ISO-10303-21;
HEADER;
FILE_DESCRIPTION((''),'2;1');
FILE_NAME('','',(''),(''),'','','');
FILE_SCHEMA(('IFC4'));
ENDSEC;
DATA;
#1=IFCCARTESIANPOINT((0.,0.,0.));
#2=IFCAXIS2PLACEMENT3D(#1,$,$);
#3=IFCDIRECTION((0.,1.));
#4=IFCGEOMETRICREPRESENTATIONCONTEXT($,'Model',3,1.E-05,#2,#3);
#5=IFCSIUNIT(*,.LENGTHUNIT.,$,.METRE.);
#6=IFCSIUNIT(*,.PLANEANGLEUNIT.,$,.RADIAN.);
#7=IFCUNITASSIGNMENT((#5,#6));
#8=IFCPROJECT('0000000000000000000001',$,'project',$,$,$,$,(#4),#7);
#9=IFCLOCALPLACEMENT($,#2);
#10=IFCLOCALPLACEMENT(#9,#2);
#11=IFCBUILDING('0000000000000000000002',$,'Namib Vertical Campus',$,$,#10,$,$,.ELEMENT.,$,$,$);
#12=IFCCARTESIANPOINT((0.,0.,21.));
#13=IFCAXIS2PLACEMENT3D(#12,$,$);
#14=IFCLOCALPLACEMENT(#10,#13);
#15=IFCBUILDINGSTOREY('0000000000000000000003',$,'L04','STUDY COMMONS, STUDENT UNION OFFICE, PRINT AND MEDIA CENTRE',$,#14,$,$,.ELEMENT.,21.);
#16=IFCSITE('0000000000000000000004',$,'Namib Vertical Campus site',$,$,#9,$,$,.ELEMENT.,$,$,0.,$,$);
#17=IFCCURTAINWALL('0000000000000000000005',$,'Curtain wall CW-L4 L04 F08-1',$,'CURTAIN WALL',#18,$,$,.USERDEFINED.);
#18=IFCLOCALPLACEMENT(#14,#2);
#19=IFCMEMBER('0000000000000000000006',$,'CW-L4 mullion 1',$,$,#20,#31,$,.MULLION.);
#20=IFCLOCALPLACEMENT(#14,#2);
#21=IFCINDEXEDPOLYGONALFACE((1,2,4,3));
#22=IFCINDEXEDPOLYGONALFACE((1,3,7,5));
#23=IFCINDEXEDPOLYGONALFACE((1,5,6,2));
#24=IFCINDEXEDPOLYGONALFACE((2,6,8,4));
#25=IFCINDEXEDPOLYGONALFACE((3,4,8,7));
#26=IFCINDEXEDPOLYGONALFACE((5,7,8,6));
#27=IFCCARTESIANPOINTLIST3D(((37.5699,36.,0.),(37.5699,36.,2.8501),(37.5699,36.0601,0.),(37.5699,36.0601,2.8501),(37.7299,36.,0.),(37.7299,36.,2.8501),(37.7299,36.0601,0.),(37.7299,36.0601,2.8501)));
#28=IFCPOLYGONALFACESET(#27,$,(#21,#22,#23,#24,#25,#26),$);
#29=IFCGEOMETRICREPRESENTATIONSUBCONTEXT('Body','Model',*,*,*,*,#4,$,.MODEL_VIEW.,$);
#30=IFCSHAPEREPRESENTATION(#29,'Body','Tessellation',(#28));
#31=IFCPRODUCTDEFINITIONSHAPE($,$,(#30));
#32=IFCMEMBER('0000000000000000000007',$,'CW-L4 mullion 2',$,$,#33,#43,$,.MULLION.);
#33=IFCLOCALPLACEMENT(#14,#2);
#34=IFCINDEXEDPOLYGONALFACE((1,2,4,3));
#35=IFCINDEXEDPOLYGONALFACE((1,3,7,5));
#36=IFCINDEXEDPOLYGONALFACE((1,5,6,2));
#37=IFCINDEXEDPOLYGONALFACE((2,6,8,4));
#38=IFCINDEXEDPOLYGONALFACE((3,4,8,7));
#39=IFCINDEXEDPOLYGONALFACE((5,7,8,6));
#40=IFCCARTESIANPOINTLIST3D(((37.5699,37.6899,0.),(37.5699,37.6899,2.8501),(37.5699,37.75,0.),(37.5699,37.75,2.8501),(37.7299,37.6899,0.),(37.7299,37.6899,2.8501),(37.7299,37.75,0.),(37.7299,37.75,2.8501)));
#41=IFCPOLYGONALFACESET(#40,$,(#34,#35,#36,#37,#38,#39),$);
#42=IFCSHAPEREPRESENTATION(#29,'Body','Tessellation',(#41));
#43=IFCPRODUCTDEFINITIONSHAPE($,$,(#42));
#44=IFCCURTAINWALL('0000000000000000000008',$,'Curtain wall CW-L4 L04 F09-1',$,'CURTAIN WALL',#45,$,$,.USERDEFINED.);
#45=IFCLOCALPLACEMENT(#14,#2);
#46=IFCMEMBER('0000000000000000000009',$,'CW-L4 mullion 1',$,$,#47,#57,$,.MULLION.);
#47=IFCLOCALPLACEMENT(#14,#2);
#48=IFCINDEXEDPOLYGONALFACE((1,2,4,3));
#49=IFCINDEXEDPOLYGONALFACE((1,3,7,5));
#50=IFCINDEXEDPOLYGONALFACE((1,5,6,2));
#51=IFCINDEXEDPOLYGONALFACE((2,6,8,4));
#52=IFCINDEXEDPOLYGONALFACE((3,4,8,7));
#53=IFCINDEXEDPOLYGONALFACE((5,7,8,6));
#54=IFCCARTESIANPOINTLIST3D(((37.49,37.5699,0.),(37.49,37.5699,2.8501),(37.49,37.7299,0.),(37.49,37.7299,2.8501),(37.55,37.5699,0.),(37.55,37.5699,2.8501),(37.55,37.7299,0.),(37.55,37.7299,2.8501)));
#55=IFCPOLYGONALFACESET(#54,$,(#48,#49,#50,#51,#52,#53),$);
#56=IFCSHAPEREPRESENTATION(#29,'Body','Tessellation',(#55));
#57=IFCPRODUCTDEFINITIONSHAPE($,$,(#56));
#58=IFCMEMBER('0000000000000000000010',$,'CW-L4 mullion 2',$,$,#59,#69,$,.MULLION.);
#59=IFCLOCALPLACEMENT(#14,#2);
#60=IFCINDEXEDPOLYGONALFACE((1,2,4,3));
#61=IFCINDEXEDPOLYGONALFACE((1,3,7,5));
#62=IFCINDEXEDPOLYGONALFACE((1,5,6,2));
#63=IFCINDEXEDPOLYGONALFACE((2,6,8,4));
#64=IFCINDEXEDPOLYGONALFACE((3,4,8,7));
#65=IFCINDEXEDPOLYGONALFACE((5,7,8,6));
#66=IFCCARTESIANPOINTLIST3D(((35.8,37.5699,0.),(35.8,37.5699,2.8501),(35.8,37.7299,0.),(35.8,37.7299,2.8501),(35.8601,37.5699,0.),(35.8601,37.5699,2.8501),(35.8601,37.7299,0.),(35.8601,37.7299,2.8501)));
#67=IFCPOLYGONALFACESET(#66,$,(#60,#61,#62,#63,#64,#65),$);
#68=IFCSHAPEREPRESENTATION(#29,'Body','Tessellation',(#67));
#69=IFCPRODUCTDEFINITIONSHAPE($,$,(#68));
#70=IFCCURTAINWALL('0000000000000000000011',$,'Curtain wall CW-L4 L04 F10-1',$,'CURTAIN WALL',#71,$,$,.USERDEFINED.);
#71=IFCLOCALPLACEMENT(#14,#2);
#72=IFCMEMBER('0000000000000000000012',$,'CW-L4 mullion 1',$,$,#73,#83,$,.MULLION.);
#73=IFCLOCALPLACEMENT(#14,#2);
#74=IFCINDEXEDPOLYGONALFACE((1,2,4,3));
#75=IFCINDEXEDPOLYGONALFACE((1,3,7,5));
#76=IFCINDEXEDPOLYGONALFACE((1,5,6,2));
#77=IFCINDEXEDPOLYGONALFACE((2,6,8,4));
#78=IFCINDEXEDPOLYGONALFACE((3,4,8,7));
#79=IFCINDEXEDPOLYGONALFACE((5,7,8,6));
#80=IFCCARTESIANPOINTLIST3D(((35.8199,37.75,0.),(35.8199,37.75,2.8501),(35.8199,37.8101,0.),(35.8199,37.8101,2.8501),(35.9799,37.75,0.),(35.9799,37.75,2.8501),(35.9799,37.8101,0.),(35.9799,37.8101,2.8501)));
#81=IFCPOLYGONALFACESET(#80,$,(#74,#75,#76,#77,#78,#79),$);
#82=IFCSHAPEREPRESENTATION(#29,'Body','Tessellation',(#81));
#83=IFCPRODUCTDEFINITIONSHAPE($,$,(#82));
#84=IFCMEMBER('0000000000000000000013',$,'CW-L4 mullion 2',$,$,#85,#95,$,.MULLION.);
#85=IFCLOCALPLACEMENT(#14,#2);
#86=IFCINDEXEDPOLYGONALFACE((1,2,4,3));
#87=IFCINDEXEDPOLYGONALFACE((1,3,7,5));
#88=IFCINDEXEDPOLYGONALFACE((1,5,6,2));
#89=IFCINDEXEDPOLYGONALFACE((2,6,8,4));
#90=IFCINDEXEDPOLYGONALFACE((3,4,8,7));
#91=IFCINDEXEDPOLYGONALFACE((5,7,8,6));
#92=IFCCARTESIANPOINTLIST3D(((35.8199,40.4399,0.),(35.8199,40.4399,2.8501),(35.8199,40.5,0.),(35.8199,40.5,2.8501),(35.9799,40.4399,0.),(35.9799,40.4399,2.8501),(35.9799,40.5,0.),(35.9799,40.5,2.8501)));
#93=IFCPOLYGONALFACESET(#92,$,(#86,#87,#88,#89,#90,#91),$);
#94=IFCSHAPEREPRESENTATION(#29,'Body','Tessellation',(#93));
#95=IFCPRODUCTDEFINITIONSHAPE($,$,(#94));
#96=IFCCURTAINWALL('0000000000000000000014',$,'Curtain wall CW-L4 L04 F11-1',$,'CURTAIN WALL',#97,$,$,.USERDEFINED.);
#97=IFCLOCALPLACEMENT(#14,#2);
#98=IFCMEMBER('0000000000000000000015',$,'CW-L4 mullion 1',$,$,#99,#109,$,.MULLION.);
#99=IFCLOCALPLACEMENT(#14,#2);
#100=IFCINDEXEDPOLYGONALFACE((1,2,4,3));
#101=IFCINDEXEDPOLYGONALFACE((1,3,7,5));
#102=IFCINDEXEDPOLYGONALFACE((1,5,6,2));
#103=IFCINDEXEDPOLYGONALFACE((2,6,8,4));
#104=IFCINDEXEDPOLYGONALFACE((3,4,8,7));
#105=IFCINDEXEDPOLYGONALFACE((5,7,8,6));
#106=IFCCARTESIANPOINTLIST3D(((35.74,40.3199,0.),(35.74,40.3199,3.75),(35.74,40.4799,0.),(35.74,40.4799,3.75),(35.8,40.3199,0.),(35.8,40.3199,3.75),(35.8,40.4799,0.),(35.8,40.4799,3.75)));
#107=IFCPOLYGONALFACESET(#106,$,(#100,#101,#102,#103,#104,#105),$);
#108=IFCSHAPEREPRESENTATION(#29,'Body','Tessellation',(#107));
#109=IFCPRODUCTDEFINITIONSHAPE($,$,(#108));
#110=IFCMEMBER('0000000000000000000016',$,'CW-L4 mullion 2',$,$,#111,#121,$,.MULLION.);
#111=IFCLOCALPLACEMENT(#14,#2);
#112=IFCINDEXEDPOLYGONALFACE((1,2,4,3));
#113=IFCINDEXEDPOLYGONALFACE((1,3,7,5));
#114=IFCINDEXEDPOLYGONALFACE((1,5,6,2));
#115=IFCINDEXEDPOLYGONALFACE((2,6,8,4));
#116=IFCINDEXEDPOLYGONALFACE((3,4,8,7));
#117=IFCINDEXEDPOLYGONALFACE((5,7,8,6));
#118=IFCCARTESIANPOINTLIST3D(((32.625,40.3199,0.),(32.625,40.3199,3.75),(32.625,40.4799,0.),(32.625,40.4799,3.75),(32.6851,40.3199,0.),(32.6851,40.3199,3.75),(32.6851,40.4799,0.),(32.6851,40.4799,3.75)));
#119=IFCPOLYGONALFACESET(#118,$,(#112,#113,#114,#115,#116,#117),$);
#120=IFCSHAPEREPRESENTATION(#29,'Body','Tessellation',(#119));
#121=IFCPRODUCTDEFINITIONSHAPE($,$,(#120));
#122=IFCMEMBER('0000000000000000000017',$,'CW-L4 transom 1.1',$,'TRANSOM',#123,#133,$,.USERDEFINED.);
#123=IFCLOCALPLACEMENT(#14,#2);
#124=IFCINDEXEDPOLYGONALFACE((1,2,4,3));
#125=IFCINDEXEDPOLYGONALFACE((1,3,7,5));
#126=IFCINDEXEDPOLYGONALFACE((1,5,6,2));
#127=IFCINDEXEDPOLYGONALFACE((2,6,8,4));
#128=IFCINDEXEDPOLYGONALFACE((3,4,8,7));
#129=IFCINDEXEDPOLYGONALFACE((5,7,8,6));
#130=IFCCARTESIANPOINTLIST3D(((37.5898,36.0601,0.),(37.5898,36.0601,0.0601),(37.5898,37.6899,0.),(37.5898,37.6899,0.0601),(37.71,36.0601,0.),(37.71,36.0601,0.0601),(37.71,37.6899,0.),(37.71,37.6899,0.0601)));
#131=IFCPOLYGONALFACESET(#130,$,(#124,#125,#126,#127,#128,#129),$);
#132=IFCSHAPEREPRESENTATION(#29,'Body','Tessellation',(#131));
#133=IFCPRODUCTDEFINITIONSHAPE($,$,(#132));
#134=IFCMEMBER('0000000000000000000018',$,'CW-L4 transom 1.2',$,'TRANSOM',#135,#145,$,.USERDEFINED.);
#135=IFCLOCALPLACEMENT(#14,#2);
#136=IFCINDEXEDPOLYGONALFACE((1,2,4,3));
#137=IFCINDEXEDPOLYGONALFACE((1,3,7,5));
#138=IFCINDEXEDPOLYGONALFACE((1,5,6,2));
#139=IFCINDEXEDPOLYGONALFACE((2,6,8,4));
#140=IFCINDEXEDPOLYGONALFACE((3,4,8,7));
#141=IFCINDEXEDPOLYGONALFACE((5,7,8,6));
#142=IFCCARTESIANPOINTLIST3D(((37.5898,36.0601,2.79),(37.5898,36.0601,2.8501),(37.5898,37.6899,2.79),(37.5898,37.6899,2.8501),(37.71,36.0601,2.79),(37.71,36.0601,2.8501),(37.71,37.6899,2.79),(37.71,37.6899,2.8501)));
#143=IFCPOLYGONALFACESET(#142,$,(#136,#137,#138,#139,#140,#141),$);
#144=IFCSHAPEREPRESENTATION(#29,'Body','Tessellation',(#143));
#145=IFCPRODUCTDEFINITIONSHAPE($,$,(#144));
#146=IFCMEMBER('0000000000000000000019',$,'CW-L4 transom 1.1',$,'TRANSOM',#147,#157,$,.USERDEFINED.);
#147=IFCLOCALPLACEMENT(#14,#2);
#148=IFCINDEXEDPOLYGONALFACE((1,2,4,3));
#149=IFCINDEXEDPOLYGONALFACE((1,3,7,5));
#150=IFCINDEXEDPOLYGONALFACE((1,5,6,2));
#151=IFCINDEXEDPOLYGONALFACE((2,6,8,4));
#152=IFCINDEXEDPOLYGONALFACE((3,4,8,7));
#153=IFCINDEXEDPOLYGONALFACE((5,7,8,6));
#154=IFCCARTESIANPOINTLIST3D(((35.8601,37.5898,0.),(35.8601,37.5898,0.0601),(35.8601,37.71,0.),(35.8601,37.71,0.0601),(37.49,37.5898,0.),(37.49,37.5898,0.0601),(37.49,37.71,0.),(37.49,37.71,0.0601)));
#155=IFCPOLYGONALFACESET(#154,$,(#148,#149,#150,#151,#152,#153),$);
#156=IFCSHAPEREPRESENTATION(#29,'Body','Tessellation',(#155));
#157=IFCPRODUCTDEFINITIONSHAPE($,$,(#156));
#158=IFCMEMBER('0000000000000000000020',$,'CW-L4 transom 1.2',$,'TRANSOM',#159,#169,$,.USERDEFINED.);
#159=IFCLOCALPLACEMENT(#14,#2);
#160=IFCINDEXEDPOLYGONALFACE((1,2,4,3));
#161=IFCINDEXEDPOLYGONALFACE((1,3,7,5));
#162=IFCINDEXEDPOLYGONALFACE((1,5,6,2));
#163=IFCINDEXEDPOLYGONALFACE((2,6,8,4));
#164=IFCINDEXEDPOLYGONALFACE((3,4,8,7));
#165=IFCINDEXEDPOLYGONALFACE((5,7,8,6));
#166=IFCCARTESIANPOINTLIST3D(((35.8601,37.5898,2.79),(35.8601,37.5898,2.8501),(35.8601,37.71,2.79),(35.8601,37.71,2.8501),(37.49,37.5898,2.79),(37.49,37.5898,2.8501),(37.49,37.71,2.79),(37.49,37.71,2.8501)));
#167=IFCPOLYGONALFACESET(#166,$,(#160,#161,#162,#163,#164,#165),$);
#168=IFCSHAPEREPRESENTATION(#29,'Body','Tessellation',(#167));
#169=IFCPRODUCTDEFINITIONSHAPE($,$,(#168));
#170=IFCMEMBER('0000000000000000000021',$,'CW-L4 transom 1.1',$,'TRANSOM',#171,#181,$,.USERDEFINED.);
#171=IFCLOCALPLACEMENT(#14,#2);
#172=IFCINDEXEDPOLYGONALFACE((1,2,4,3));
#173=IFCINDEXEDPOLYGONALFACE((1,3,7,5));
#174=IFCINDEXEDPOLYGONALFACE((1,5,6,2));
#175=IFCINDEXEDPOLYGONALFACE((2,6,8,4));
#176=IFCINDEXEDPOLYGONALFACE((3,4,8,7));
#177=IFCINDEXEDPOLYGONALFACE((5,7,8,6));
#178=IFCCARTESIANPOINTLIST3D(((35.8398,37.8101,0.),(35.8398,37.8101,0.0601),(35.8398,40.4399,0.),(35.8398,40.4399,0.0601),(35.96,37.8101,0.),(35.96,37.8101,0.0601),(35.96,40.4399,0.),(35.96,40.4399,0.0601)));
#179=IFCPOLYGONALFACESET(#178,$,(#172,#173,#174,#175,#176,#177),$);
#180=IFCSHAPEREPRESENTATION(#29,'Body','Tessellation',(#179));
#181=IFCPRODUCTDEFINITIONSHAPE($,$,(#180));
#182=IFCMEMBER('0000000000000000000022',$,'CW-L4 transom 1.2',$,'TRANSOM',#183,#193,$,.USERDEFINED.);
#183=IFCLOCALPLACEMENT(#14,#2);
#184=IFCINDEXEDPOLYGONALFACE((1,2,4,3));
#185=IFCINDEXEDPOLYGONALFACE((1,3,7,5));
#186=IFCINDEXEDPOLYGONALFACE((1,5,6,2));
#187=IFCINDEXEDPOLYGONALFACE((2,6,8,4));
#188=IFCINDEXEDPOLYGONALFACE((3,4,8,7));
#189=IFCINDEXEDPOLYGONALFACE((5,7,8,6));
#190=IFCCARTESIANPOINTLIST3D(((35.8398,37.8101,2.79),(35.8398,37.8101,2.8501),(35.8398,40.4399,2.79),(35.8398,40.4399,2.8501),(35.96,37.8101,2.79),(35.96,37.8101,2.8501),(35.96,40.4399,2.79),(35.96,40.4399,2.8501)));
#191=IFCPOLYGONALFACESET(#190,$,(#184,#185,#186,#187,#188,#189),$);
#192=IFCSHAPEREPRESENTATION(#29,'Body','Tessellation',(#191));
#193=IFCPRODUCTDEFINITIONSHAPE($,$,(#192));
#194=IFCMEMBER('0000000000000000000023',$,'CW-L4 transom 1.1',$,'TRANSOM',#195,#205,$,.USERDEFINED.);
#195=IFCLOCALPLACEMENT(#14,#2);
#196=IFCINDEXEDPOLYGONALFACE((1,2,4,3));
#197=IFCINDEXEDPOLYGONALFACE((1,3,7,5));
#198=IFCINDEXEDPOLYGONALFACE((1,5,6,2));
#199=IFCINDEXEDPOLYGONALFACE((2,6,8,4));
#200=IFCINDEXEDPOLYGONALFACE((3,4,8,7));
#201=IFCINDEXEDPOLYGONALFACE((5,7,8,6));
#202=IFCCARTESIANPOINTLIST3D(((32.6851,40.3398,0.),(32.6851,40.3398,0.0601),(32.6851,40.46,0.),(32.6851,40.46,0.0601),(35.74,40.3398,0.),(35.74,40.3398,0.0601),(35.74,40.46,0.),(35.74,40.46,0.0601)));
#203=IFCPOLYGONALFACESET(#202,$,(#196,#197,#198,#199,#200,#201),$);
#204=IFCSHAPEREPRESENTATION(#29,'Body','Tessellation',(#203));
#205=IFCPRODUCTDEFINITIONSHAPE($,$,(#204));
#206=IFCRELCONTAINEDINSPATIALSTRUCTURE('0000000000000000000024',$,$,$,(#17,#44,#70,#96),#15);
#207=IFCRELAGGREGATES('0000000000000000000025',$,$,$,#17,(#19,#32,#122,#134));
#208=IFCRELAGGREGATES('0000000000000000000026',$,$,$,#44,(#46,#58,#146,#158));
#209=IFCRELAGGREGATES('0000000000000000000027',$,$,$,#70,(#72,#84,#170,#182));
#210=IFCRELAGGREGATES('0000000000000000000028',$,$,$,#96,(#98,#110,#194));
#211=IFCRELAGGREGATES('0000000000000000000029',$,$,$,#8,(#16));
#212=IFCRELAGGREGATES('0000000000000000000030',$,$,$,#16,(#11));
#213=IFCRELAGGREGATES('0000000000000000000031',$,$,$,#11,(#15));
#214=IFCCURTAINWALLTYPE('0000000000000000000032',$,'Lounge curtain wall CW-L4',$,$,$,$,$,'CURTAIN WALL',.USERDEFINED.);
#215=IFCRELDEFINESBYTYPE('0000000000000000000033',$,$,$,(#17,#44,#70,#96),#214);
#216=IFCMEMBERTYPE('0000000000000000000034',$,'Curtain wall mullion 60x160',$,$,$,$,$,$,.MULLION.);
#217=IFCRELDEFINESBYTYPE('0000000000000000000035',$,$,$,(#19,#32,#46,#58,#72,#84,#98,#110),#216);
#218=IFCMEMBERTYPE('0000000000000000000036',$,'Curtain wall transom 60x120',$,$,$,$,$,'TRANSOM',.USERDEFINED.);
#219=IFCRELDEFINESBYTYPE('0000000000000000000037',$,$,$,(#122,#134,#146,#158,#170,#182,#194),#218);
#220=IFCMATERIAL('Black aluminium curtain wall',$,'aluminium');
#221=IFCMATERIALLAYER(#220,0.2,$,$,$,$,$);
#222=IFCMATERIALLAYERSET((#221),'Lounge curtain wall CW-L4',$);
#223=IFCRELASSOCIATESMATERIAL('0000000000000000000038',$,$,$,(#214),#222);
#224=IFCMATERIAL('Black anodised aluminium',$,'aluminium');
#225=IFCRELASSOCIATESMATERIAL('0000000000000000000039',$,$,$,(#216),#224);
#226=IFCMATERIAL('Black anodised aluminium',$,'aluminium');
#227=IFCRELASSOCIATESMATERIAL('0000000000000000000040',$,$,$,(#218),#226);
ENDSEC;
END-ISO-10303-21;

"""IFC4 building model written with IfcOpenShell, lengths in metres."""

from ifc_helpers import new_model, si_unit, direction, frame, origin, origin_2d, place, context, subcontext, project, spatial, rectangle, extrude, material, layer, layer_set, material_profile, profile_set, type_object, element, aggregate, save


model = new_model("IFC4")

# Units and contexts
model_context = context("Model", 3, precision=1e-05, world=origin(), true_north=direction((0.0, 1.0)))
body_context = subcontext(model_context, "Body", "Model", "MODEL_VIEW")
ifc_project = project(units=[si_unit("LENGTHUNIT", "METRE"), si_unit("PLANEANGLEUNIT", "RADIAN")], contexts=[model_context])

# Site, building, storey
site_placement = place(None, origin())
site = spatial("IfcSite", under=ifc_project, at=site_placement, Name="Namib Vertical Campus site", CompositionType="ELEMENT", RefElevation=0.0)
building_placement = place(site_placement, origin())
building = spatial("IfcBuilding", under=site, at=building_placement, Name="Namib Vertical Campus", CompositionType="ELEMENT")
storey_placement = place(building_placement, frame((0.0, 0.0, 21.0)))
storey = spatial("IfcBuildingStorey", under=building, at=storey_placement, Name="L04", Description="STUDY COMMONS, STUDENT UNION OFFICE, PRINT AND MEDIA CENTRE", CompositionType="ELEMENT", Elevation=21.0)

# Curtain walls, members
ifc_material_1 = material(Name="Black aluminium curtain wall", Category="aluminium")
ifc_layer_1 = layer(ifc_material_1, 0.2)
ifc_layer_set_1 = layer_set([ifc_layer_1], Name="Lounge curtain wall CW-L4")
curtain_wall_type = type_object("IfcCurtainWallType", Name="Lounge curtain wall CW-L4", ElementType="CURTAIN WALL", PredefinedType="USERDEFINED", material=ifc_layer_set_1)
curtain_wall_1_placement = place(storey_placement, origin())
curtain_wall_1 = element("IfcCurtainWall", 1, at=curtain_wall_1_placement, inside=storey, type_object=curtain_wall_type, Name="Curtain wall CW-L4 L04 F08-1", ObjectType="CURTAIN WALL", PredefinedType="USERDEFINED")
ifc_material_2 = material(Name="Black anodised aluminium", Category="aluminium")
ifc_material_profile_1 = material_profile(ifc_material_2, rectangle(XDim=0.0601, YDim=0.1599, at=origin_2d()))
ifc_profile_set_1 = profile_set([ifc_material_profile_1], Name="Black anodised aluminium")
member_type_1 = type_object("IfcMemberType", Name="Curtain wall mullion 60x160", PredefinedType="MULLION", material=ifc_profile_set_1)
member_1_placement = place(storey_placement, frame((37.6499, 36.03, 0.0), z_axis=(0.0, 0.0, 1.0), x_axis=(0.0, 1.0, 0.0)))
member_1 = element("IfcMember", 2, at=member_1_placement, type_object=member_type_1, Name="CW-L4 mullion 1", PredefinedType="MULLION", context=body_context, shape_type="SweptSolid", body=[
    extrude(rectangle(XDim=0.0601, YDim=0.1599, at=origin_2d()), origin(), (0.0, 0.0, 1.0), 2.8501),
])
member_2_placement = place(storey_placement, frame((37.6499, 37.72, 0.0), z_axis=(0.0, 0.0, 1.0), x_axis=(0.0, 1.0, 0.0)))
member_2 = element("IfcMember", 3, at=member_2_placement, type_object=member_type_1, Name="CW-L4 mullion 2", PredefinedType="MULLION", context=body_context, shape_type="SweptSolid", body=[
    extrude(rectangle(XDim=0.0601, YDim=0.1599, at=origin_2d()), origin(), (0.0, 0.0, 1.0), 2.8501),
])
curtain_wall_2_placement = place(storey_placement, origin())
curtain_wall_2 = element("IfcCurtainWall", 4, at=curtain_wall_2_placement, inside=storey, type_object=curtain_wall_type, Name="Curtain wall CW-L4 L04 F09-1", ObjectType="CURTAIN WALL", PredefinedType="USERDEFINED")
member_3_placement = place(storey_placement, frame((37.52, 37.6499, 0.0), z_axis=(0.0, 0.0, 1.0), x_axis=(-1.0, 0.0, 0.0)))
member_3 = element("IfcMember", 5, at=member_3_placement, type_object=member_type_1, Name="CW-L4 mullion 1", PredefinedType="MULLION", context=body_context, shape_type="SweptSolid", body=[
    extrude(rectangle(XDim=0.0601, YDim=0.1599, at=origin_2d()), origin(), (0.0, 0.0, 1.0), 2.8501),
])
member_4_placement = place(storey_placement, frame((35.8301, 37.6499, 0.0), z_axis=(0.0, 0.0, 1.0), x_axis=(-1.0, 0.0, 0.0)))
member_4 = element("IfcMember", 6, at=member_4_placement, type_object=member_type_1, Name="CW-L4 mullion 2", PredefinedType="MULLION", context=body_context, shape_type="SweptSolid", body=[
    extrude(rectangle(XDim=0.0601, YDim=0.1599, at=origin_2d()), origin(), (0.0, 0.0, 1.0), 2.8501),
])
curtain_wall_3_placement = place(storey_placement, origin())
curtain_wall_3 = element("IfcCurtainWall", 7, at=curtain_wall_3_placement, inside=storey, type_object=curtain_wall_type, Name="Curtain wall CW-L4 L04 F10-1", ObjectType="CURTAIN WALL", PredefinedType="USERDEFINED")
member_5_placement = place(storey_placement, frame((35.8999, 37.78, 0.0), z_axis=(0.0, 0.0, 1.0), x_axis=(0.0, 1.0, 0.0)))
member_5 = element("IfcMember", 8, at=member_5_placement, type_object=member_type_1, Name="CW-L4 mullion 1", PredefinedType="MULLION", context=body_context, shape_type="SweptSolid", body=[
    extrude(rectangle(XDim=0.0601, YDim=0.1599, at=origin_2d()), origin(), (0.0, 0.0, 1.0), 2.8501),
])
member_6_placement = place(storey_placement, frame((35.8999, 40.47, 0.0), z_axis=(0.0, 0.0, 1.0), x_axis=(0.0, 1.0, 0.0)))
member_6 = element("IfcMember", 9, at=member_6_placement, type_object=member_type_1, Name="CW-L4 mullion 2", PredefinedType="MULLION", context=body_context, shape_type="SweptSolid", body=[
    extrude(rectangle(XDim=0.0601, YDim=0.1599, at=origin_2d()), origin(), (0.0, 0.0, 1.0), 2.8501),
])
curtain_wall_4_placement = place(storey_placement, origin())
curtain_wall_4 = element("IfcCurtainWall", 10, at=curtain_wall_4_placement, inside=storey, type_object=curtain_wall_type, Name="Curtain wall CW-L4 L04 F11-1", ObjectType="CURTAIN WALL", PredefinedType="USERDEFINED")
member_7_placement = place(storey_placement, frame((35.77, 40.3999, 0.0), z_axis=(0.0, 0.0, 1.0), x_axis=(-1.0, 0.0, 0.0)))
member_7 = element("IfcMember", 11, at=member_7_placement, type_object=member_type_1, Name="CW-L4 mullion 1", PredefinedType="MULLION", context=body_context, shape_type="SweptSolid", body=[
    extrude(rectangle(XDim=0.0601, YDim=0.1599, at=origin_2d()), origin(), (0.0, 0.0, 1.0), 3.75),
])
member_8_placement = place(storey_placement, frame((32.655, 40.3999, 0.0), z_axis=(0.0, 0.0, 1.0), x_axis=(-1.0, 0.0, 0.0)))
member_8 = element("IfcMember", 12, at=member_8_placement, type_object=member_type_1, Name="CW-L4 mullion 2", PredefinedType="MULLION", context=body_context, shape_type="SweptSolid", body=[
    extrude(rectangle(XDim=0.0601, YDim=0.1599, at=origin_2d()), origin(), (0.0, 0.0, 1.0), 3.75),
])

# Members
ifc_material_3 = material(Name="Black anodised aluminium", Category="aluminium")
ifc_material_profile_2 = material_profile(ifc_material_3, rectangle(XDim=0.0601, YDim=0.1201, at=origin_2d()))
ifc_profile_set_2 = profile_set([ifc_material_profile_2], Name="Black anodised aluminium")
member_type_2 = type_object("IfcMemberType", Name="Curtain wall transom 60x120", ElementType="TRANSOM", PredefinedType="USERDEFINED", material=ifc_profile_set_2)
member_9_placement = place(storey_placement, frame((37.6499, 36.0601, 0.03), z_axis=(0.0, 1.0, 0.0), x_axis=(0.0, 0.0, 1.0)))
member_9 = element("IfcMember", 13, at=member_9_placement, type_object=member_type_2, Name="CW-L4 transom 1.1", ObjectType="TRANSOM", PredefinedType="USERDEFINED", context=body_context, shape_type="SweptSolid", body=[
    extrude(rectangle(XDim=0.0601, YDim=0.1201, at=origin_2d()), origin(), (0.0, 0.0, 1.0), 1.6299),
])
member_10_placement = place(storey_placement, frame((37.6499, 36.0601, 2.8201), z_axis=(0.0, 1.0, 0.0), x_axis=(0.0, 0.0, 1.0)))
member_10 = element("IfcMember", 14, at=member_10_placement, type_object=member_type_2, Name="CW-L4 transom 1.2", ObjectType="TRANSOM", PredefinedType="USERDEFINED", context=body_context, shape_type="SweptSolid", body=[
    extrude(rectangle(XDim=0.0601, YDim=0.1201, at=origin_2d()), origin(), (0.0, 0.0, 1.0), 1.6299),
])
member_11_placement = place(storey_placement, frame((37.49, 37.6499, 0.03), z_axis=(-1.0, 0.0, 0.0), x_axis=(0.0, 0.0, 1.0)))
member_11 = element("IfcMember", 15, at=member_11_placement, type_object=member_type_2, Name="CW-L4 transom 1.1", ObjectType="TRANSOM", PredefinedType="USERDEFINED", context=body_context, shape_type="SweptSolid", body=[
    extrude(rectangle(XDim=0.0601, YDim=0.1201, at=origin_2d()), origin(), (0.0, 0.0, 1.0), 1.6299),
])
member_12_placement = place(storey_placement, frame((37.49, 37.6499, 2.8201), z_axis=(-1.0, 0.0, 0.0), x_axis=(0.0, 0.0, 1.0)))
member_12 = element("IfcMember", 16, at=member_12_placement, type_object=member_type_2, Name="CW-L4 transom 1.2", ObjectType="TRANSOM", PredefinedType="USERDEFINED", context=body_context, shape_type="SweptSolid", body=[
    extrude(rectangle(XDim=0.0601, YDim=0.1201, at=origin_2d()), origin(), (0.0, 0.0, 1.0), 1.6299),
])
member_13_placement = place(storey_placement, frame((35.8999, 37.8101, 0.03), z_axis=(0.0, 1.0, 0.0), x_axis=(0.0, 0.0, 1.0)))
member_13 = element("IfcMember", 17, at=member_13_placement, type_object=member_type_2, Name="CW-L4 transom 1.1", ObjectType="TRANSOM", PredefinedType="USERDEFINED", context=body_context, shape_type="SweptSolid", body=[
    extrude(rectangle(XDim=0.0601, YDim=0.1201, at=origin_2d()), origin(), (0.0, 0.0, 1.0), 2.6299),
])
member_14_placement = place(storey_placement, frame((35.8999, 37.8101, 2.8201), z_axis=(0.0, 1.0, 0.0), x_axis=(0.0, 0.0, 1.0)))
member_14 = element("IfcMember", 18, at=member_14_placement, type_object=member_type_2, Name="CW-L4 transom 1.2", ObjectType="TRANSOM", PredefinedType="USERDEFINED", context=body_context, shape_type="SweptSolid", body=[
    extrude(rectangle(XDim=0.0601, YDim=0.1201, at=origin_2d()), origin(), (0.0, 0.0, 1.0), 2.6299),
])
member_15_placement = place(storey_placement, frame((35.74, 40.3999, 0.03), z_axis=(-1.0, 0.0, 0.0), x_axis=(0.0, 0.0, 1.0)))
member_15 = element("IfcMember", 19, at=member_15_placement, type_object=member_type_2, Name="CW-L4 transom 1.1", ObjectType="TRANSOM", PredefinedType="USERDEFINED", context=body_context, shape_type="SweptSolid", body=[
    extrude(rectangle(XDim=0.0601, YDim=0.1201, at=origin_2d()), origin(), (0.0, 0.0, 1.0), 3.0549),
])

aggregate(curtain_wall_1, [member_1, member_2, member_9, member_10])
aggregate(curtain_wall_2, [member_3, member_4, member_11, member_12])
aggregate(curtain_wall_3, [member_5, member_6, member_13, member_14])
aggregate(curtain_wall_4, [member_7, member_8, member_15])

save(model, "model.ifc")
